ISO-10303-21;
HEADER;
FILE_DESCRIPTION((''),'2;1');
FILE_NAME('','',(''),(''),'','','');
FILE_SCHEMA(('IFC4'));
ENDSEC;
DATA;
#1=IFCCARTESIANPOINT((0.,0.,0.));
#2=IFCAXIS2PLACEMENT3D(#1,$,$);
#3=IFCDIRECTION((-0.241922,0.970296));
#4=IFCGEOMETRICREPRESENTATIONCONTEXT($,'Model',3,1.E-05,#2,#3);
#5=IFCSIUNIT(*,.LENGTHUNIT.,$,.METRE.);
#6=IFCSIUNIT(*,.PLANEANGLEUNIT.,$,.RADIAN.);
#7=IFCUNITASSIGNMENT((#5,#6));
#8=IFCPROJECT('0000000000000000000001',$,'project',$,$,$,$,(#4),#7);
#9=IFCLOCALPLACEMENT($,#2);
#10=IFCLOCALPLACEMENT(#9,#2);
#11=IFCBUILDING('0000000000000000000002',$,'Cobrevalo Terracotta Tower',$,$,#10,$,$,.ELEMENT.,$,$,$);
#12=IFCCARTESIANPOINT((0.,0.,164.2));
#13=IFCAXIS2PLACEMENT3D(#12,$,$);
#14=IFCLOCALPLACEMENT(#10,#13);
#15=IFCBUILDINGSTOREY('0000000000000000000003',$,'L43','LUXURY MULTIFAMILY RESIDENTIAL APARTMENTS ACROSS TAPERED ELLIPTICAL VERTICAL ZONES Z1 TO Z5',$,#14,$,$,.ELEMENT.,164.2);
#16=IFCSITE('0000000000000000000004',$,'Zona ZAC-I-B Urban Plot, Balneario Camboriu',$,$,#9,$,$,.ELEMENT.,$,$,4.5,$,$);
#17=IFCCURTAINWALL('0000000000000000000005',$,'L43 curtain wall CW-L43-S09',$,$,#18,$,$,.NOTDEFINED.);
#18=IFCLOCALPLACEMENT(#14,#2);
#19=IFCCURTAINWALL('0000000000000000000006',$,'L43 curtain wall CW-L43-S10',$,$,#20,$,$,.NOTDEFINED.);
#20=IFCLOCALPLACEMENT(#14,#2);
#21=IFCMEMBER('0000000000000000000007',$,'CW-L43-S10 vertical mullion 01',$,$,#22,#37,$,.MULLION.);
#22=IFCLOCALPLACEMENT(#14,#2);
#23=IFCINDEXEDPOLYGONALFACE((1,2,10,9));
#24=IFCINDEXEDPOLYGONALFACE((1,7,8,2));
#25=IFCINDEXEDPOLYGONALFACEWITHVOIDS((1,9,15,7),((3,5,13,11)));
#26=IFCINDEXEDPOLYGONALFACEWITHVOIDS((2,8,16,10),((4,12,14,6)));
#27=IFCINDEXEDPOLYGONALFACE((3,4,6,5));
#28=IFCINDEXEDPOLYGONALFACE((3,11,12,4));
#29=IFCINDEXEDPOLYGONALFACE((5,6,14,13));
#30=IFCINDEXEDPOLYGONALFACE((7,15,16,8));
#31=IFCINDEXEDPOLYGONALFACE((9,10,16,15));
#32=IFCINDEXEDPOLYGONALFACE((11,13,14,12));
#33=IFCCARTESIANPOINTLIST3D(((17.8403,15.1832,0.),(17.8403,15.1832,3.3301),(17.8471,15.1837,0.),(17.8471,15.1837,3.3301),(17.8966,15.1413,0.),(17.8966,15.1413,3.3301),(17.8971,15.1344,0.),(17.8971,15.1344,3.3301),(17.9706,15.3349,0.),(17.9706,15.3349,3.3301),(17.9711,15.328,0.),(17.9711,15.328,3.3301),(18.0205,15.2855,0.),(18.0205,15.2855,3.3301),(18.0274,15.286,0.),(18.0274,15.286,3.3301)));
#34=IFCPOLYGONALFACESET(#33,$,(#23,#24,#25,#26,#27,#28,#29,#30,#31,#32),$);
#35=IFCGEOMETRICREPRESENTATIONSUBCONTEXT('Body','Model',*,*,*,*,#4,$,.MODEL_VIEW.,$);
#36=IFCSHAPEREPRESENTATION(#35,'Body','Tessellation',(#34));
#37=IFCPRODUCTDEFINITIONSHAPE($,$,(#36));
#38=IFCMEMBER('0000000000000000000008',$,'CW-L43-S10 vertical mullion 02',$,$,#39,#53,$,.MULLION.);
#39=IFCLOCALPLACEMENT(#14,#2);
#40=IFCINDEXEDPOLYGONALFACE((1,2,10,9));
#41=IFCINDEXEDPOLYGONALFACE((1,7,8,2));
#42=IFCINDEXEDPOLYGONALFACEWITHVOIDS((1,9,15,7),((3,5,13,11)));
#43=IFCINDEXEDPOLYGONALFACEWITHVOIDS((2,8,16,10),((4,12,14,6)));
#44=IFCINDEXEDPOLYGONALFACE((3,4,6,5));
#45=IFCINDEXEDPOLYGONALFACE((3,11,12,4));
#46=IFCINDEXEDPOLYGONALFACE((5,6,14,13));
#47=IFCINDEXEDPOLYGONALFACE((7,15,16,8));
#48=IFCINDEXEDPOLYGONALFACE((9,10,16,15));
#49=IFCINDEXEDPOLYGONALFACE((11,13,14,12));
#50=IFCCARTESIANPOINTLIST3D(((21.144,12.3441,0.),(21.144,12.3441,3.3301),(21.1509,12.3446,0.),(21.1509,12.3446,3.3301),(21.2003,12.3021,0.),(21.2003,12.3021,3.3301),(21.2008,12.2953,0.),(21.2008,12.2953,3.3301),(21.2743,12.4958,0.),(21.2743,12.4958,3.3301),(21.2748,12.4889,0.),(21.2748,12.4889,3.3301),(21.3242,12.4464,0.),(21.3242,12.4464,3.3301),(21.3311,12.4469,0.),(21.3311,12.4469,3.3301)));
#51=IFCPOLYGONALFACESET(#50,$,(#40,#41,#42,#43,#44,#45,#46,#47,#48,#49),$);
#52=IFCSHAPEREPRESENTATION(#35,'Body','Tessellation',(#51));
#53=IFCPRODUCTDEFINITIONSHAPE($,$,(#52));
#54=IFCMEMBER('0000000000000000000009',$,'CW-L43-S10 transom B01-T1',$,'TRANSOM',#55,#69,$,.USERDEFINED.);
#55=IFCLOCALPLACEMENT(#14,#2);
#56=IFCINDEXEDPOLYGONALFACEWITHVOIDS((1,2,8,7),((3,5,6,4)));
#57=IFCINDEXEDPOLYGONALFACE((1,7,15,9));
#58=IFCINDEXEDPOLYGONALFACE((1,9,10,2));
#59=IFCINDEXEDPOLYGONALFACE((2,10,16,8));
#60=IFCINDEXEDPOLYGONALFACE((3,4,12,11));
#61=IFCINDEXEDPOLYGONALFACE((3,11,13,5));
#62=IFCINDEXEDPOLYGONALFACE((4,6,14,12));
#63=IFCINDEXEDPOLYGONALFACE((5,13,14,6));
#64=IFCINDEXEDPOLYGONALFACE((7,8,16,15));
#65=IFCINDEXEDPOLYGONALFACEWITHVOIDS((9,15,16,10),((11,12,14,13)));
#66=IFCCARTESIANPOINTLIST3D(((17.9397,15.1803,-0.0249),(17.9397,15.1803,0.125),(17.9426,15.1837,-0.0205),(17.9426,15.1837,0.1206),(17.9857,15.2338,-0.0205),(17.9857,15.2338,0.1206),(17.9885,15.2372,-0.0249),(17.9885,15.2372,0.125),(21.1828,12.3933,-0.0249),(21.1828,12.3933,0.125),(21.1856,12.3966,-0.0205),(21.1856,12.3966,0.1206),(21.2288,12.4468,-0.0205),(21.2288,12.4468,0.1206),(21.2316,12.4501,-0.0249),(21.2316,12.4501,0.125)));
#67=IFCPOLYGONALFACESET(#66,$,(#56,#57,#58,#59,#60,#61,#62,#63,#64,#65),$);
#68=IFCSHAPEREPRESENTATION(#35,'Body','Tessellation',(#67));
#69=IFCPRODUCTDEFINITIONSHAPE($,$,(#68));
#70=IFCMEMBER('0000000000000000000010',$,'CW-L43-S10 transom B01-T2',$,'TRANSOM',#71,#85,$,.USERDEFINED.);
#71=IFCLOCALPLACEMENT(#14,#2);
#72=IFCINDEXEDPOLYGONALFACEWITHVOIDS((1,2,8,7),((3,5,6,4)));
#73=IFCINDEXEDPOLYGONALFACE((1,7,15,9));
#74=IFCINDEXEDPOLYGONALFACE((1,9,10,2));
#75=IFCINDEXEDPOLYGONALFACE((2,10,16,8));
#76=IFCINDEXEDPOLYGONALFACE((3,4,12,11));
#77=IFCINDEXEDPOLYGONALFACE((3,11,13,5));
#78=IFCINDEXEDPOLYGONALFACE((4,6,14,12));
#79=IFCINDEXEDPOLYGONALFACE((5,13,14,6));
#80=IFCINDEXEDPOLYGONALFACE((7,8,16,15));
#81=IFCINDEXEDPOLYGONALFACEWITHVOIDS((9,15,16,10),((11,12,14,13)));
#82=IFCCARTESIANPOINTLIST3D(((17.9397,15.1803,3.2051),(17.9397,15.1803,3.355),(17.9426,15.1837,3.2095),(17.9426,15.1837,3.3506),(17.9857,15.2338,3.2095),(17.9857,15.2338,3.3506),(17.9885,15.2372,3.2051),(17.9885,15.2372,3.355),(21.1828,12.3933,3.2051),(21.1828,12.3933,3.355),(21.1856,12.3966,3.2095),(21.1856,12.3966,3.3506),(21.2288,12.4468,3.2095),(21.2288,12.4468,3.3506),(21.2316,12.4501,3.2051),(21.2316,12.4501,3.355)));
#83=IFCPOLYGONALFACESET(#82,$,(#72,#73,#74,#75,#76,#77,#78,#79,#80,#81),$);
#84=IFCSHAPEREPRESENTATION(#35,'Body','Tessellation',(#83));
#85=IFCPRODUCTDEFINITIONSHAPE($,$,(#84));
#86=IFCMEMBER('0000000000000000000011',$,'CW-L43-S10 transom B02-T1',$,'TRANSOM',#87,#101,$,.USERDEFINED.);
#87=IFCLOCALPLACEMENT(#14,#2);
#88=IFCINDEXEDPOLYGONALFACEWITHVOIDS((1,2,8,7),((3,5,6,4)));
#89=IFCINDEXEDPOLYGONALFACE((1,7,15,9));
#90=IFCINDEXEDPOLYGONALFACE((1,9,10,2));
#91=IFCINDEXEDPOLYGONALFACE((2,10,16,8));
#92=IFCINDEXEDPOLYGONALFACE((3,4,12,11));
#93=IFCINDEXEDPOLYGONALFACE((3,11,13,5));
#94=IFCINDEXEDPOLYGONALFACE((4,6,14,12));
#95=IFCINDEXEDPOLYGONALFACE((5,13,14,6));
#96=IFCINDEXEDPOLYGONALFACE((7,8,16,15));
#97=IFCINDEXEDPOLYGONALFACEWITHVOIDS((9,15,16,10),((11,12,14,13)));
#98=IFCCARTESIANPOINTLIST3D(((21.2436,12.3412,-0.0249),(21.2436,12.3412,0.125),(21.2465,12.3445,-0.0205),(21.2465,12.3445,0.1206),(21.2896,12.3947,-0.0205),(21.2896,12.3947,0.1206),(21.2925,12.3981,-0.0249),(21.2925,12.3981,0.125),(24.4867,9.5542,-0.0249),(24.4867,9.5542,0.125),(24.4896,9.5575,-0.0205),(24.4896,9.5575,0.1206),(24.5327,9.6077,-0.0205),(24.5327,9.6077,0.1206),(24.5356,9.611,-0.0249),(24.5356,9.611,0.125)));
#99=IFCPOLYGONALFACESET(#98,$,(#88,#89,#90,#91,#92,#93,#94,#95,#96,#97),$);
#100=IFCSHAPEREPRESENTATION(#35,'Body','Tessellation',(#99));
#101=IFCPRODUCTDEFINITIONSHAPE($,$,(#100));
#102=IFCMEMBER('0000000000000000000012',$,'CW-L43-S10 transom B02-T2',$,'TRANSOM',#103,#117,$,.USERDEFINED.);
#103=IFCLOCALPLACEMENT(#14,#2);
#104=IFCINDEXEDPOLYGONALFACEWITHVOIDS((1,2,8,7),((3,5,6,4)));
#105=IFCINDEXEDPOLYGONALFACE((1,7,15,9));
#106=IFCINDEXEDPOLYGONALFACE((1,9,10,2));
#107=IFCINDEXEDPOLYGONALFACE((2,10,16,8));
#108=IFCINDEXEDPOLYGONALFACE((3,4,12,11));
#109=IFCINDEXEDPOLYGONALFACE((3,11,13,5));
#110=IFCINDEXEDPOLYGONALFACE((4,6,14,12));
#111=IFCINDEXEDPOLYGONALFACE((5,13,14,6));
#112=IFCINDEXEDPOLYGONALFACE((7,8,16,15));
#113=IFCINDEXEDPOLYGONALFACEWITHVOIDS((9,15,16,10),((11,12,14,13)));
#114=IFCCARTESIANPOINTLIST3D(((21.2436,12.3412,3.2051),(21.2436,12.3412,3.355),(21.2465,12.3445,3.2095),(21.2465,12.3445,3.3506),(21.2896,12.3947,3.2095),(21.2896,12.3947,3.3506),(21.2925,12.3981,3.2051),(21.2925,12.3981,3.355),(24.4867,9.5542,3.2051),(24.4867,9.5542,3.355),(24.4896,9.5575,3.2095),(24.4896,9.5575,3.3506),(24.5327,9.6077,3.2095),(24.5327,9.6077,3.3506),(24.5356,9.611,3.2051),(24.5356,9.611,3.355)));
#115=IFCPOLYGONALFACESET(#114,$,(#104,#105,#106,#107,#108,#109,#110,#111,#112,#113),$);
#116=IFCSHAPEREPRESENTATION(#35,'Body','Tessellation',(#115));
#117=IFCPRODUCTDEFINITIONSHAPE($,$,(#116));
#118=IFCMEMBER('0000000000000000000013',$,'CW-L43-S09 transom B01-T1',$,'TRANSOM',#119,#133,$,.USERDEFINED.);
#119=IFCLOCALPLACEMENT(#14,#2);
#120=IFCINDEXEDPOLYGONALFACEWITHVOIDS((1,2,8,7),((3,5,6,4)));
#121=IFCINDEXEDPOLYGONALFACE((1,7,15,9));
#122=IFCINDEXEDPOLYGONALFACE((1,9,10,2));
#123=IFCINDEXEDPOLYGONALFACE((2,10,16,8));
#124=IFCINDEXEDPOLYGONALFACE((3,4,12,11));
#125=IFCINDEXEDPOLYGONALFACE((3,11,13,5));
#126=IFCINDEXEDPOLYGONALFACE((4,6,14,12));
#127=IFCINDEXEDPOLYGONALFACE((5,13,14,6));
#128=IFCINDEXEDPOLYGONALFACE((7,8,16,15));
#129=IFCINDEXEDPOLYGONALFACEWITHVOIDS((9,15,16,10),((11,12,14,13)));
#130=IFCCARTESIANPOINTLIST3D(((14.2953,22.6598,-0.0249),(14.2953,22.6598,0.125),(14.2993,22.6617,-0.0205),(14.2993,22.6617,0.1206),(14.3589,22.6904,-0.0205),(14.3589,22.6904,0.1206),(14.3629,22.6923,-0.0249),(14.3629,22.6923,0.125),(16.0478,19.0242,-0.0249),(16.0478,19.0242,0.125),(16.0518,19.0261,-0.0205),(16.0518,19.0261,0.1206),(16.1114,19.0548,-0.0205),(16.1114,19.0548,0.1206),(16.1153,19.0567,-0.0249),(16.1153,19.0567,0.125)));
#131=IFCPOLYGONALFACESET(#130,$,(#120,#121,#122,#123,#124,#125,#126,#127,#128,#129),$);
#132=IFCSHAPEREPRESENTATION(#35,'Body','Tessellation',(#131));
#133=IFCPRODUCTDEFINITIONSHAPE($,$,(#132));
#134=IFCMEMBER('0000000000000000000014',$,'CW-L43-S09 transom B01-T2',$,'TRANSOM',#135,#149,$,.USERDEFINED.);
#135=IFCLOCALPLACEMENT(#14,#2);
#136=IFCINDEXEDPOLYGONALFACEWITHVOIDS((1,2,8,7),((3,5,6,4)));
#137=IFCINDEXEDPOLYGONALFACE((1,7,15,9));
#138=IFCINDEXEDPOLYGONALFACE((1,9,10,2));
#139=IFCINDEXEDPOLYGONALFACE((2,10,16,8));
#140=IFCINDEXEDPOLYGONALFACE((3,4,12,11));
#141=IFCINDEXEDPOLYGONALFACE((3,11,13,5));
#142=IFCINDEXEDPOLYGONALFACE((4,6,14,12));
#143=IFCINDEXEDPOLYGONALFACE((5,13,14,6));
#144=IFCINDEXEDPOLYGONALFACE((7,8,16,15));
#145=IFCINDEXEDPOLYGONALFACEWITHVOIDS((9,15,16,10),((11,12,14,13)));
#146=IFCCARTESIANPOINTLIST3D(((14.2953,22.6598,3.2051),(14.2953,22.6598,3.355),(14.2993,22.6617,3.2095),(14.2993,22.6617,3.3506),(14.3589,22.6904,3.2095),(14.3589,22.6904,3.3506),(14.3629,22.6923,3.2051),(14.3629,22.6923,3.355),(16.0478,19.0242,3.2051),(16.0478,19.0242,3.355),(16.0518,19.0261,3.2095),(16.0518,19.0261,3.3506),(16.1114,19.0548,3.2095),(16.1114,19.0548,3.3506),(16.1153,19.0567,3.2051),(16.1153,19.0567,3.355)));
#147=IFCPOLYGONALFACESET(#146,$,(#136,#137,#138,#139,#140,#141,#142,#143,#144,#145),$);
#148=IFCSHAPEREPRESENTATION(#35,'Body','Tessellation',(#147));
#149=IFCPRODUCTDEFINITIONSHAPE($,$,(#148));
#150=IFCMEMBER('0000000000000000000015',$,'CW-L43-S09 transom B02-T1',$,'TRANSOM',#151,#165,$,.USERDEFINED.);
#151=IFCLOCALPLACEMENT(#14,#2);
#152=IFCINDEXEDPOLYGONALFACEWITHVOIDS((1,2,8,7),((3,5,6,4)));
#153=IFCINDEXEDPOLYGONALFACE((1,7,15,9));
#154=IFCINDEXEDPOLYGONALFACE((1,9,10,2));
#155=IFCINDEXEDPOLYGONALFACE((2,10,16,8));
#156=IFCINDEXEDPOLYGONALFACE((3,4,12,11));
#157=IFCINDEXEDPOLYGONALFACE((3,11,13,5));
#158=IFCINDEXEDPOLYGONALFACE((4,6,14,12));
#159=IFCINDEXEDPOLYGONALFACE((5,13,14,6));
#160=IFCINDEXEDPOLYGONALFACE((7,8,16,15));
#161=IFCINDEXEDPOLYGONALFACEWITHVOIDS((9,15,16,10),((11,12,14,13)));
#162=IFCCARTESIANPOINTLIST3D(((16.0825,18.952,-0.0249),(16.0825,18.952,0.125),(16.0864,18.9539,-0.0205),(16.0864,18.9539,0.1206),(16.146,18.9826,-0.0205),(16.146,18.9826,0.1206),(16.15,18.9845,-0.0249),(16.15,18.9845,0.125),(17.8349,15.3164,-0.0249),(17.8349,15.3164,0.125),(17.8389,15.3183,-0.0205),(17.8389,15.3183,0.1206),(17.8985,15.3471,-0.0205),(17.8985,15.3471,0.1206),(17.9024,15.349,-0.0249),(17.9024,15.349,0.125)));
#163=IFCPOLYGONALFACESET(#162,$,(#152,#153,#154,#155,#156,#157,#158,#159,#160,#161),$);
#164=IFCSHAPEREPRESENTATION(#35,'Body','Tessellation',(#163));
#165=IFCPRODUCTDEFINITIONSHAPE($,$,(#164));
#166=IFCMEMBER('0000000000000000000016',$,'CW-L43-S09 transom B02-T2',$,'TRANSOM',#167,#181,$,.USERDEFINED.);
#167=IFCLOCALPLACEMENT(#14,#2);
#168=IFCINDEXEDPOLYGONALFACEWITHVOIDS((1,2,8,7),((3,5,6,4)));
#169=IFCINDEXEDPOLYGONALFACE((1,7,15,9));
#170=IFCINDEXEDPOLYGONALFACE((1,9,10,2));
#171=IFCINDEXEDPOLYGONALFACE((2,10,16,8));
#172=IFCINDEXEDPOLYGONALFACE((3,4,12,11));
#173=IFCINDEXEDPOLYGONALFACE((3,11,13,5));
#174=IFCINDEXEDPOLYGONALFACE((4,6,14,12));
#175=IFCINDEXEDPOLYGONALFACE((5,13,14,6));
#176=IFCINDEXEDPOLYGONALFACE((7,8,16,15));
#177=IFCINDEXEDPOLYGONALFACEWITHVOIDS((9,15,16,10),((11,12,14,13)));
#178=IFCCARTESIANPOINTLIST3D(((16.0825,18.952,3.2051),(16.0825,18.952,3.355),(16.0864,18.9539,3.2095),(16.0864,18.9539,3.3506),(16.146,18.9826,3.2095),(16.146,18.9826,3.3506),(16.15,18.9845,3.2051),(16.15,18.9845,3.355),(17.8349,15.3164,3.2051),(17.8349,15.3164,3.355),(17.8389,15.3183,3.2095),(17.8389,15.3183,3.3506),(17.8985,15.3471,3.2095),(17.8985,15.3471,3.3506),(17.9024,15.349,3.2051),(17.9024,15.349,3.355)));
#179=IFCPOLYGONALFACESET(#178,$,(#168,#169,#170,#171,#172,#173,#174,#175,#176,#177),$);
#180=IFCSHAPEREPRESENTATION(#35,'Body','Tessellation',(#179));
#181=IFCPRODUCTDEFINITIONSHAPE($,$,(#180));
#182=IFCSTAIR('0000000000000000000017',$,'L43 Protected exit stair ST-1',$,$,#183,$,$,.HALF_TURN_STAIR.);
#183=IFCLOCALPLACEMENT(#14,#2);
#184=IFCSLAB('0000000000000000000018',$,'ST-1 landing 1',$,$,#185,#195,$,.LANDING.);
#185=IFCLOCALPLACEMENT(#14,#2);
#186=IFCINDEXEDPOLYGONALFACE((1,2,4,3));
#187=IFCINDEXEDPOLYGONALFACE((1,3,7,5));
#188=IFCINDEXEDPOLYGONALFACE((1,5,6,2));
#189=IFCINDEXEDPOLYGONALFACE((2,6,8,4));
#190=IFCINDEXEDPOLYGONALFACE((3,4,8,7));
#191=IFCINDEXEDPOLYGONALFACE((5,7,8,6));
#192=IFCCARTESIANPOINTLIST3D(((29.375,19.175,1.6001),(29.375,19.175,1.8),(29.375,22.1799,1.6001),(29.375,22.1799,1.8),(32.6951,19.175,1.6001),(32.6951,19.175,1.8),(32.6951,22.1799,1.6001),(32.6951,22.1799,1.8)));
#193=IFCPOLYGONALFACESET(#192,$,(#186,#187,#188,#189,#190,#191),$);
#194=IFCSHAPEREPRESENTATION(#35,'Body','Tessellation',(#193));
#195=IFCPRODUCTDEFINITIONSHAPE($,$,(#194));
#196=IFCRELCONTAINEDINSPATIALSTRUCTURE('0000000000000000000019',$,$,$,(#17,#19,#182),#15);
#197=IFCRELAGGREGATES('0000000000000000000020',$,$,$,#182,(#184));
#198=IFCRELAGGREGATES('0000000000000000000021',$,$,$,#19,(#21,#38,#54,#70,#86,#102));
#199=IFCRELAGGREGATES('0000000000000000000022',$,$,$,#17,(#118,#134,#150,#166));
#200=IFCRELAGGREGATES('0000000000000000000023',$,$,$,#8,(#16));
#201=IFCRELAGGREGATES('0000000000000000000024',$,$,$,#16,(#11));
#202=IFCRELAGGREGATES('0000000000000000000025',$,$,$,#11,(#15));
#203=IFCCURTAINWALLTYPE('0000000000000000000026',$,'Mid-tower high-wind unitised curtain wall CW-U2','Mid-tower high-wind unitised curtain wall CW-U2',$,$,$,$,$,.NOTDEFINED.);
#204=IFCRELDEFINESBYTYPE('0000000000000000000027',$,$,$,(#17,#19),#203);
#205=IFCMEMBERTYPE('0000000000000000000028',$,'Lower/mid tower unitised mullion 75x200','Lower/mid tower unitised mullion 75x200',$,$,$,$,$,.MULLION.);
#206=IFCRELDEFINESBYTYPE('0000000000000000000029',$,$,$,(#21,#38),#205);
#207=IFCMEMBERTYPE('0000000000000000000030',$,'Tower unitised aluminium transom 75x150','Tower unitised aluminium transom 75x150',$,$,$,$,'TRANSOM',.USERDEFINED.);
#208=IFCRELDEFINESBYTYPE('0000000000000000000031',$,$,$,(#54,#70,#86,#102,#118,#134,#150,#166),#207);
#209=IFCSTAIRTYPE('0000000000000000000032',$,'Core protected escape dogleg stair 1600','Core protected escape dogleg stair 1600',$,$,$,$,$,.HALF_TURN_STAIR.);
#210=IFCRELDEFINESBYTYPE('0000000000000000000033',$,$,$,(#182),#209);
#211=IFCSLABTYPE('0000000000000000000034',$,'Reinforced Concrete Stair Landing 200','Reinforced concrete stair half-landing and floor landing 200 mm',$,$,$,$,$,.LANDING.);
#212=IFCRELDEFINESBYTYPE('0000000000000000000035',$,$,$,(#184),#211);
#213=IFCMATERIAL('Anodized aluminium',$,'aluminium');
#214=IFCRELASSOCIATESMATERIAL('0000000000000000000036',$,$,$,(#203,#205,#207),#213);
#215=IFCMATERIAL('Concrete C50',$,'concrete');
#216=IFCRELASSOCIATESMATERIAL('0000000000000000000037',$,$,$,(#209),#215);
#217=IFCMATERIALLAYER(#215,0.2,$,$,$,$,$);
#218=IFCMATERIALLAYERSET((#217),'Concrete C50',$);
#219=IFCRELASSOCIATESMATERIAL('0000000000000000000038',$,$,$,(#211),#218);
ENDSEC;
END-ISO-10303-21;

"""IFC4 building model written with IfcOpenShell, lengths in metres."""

from ifc_helpers import new_model, si_unit, direction, frame, origin, origin_2d, place, context, subcontext, project, spatial, polyline, hollow_rectangle, outline, extrude, source, transform, mapped, material, layer, layer_set, material_profile, profile_set, type_object, element, aggregate, save


model = new_model("IFC4")

# Units and contexts
model_context = context("Model", 3, precision=1e-05, world=origin(), true_north=direction((-0.241922, 0.970296)))
body_context = subcontext(model_context, "Body", "Model", "MODEL_VIEW")
ifc_project = project(units=[si_unit("LENGTHUNIT", "METRE"), si_unit("PLANEANGLEUNIT", "RADIAN")], contexts=[model_context])

# Site, building, storey
site_placement = place(None, origin())
site = spatial("IfcSite", under=ifc_project, at=site_placement, Name="Zona ZAC-I-B Urban Plot, Balneario Camboriu", CompositionType="ELEMENT", RefElevation=4.5)
building_placement = place(site_placement, origin())
building = spatial("IfcBuilding", under=site, at=building_placement, Name="Cobrevalo Terracotta Tower", CompositionType="ELEMENT")
storey_placement = place(building_placement, frame((0.0, 0.0, 164.2)))
storey = spatial("IfcBuildingStorey", under=building, at=storey_placement, Name="L43", Description="LUXURY MULTIFAMILY RESIDENTIAL APARTMENTS ACROSS TAPERED ELLIPTICAL VERTICAL ZONES Z1 TO Z5", CompositionType="ELEMENT", Elevation=164.2)

# Curtain walls, members
ifc_material_1 = material(Name="Anodized aluminium", Category="aluminium")
curtain_wall_type = type_object("IfcCurtainWallType", Name="Mid-tower high-wind unitised curtain wall CW-U2", Description="Mid-tower high-wind unitised curtain wall CW-U2", PredefinedType="NOTDEFINED", material=ifc_material_1)
curtain_wall_1_placement = place(storey_placement, origin())
curtain_wall_1 = element("IfcCurtainWall", 1, at=curtain_wall_1_placement, inside=storey, type_object=curtain_wall_type, Name="L43 curtain wall CW-L43-S09", PredefinedType="NOTDEFINED")
ifc_material_profile_1 = material_profile(ifc_material_1, hollow_rectangle(XDim=0.075, YDim=0.2, WallThickness=0.0049, at=origin_2d()), Name="CWM 75x200")
ifc_profile_set_1 = profile_set([ifc_material_profile_1], Name="Anodized aluminium")
member_type_1 = type_object("IfcMemberType", Name="Lower/mid tower unitised mullion 75x200", Description="Lower/mid tower unitised mullion 75x200", PredefinedType="MULLION", material=ifc_profile_set_1)
shared_shape_1 = source(origin(), body_context, "Body", "SweptSolid", [
    extrude(hollow_rectangle(XDim=0.075, YDim=0.2, WallThickness=0.0049, at=origin_2d()), origin(), (0.0, 0.0, 1.0), 3.3301),
])
curtain_wall_2_placement = place(storey_placement, origin())
curtain_wall_2 = element("IfcCurtainWall", 2, at=curtain_wall_2_placement, inside=storey, type_object=curtain_wall_type, Name="L43 curtain wall CW-L43-S10", PredefinedType="NOTDEFINED")
member_1_placement = place(storey_placement, frame((17.9338, 15.2346, 0.0), z_axis=(0.0, 0.0, 1.0), x_axis=(0.758442, -0.651741, 0.0)))
member_1 = element("IfcMember", 3, at=member_1_placement, type_object=member_type_1, Name="CW-L43-S10 vertical mullion 01", PredefinedType="MULLION", context=body_context, shape_type="MappedRepresentation", body=[
    mapped(shared_shape_1, transform((0.0, 0.0, 0.0), scale=1.0)),
])
member_2_placement = place(storey_placement, frame((21.2375, 12.3955, 0.0), z_axis=(0.0, 0.0, 1.0), x_axis=(0.758442, -0.651741, 0.0)))
member_2 = element("IfcMember", 4, at=member_2_placement, type_object=member_type_1, Name="CW-L43-S10 vertical mullion 02", PredefinedType="MULLION", context=body_context, shape_type="MappedRepresentation", body=[
    mapped(shared_shape_1, transform((0.0, 0.0, 0.0), scale=1.0)),
])
ifc_material_profile_2 = material_profile(ifc_material_1, hollow_rectangle(XDim=0.075, YDim=0.1499, WallThickness=0.0044, at=origin_2d()), Name="CWT 75x150")
ifc_profile_set_2 = profile_set([ifc_material_profile_2], Name="Anodized aluminium")
member_type_2 = type_object("IfcMemberType", Name="Tower unitised aluminium transom 75x150", Description="Tower unitised aluminium transom 75x150", ElementType="TRANSOM", PredefinedType="USERDEFINED", material=ifc_profile_set_2)
shared_shape_2 = source(origin(), body_context, "Body", "SweptSolid", [
    extrude(hollow_rectangle(XDim=0.075, YDim=0.1499, WallThickness=0.0044, at=origin_2d()), origin(), (0.0, 0.0, 1.0), 4.2761),
])
member_3_placement = place(storey_placement, frame((17.9641, 15.2087, 0.05), z_axis=(0.758418, -0.651769, 0.0), x_axis=(0.651769, 0.758418, 0.0)))
member_3 = element("IfcMember", 5, at=member_3_placement, type_object=member_type_2, Name="CW-L43-S10 transom B01-T1", ObjectType="TRANSOM", PredefinedType="USERDEFINED", context=body_context, shape_type="MappedRepresentation", body=[
    mapped(shared_shape_2, transform((0.0, 0.0, 0.0), scale=1.0)),
])
member_4_placement = place(storey_placement, frame((17.9641, 15.2087, 3.28), z_axis=(0.758418, -0.651769, 0.0), x_axis=(0.651769, 0.758418, 0.0)))
member_4 = element("IfcMember", 6, at=member_4_placement, type_object=member_type_2, Name="CW-L43-S10 transom B01-T2", ObjectType="TRANSOM", PredefinedType="USERDEFINED", context=body_context, shape_type="MappedRepresentation", body=[
    mapped(shared_shape_2, transform((0.0, 0.0, 0.0), scale=1.0)),
])
member_5_placement = place(storey_placement, frame((21.2681, 12.3696, 0.05), z_axis=(0.758418, -0.651769, 0.0), x_axis=(0.651769, 0.758418, 0.0)))
member_5 = element("IfcMember", 7, at=member_5_placement, type_object=member_type_2, Name="CW-L43-S10 transom B02-T1", ObjectType="TRANSOM", PredefinedType="USERDEFINED", context=body_context, shape_type="MappedRepresentation", body=[
    mapped(shared_shape_2, transform((0.0, 0.0, 0.0), scale=1.0)),
])
member_6_placement = place(storey_placement, frame((21.2681, 12.3696, 3.28), z_axis=(0.758418, -0.651769, 0.0), x_axis=(0.651769, 0.758418, 0.0)))
member_6 = element("IfcMember", 8, at=member_6_placement, type_object=member_type_2, Name="CW-L43-S10 transom B02-T2", ObjectType="TRANSOM", PredefinedType="USERDEFINED", context=body_context, shape_type="MappedRepresentation", body=[
    mapped(shared_shape_2, transform((0.0, 0.0, 0.0), scale=1.0)),
])

# Members
shared_shape_3 = source(origin(), body_context, "Body", "SweptSolid", [
    extrude(hollow_rectangle(XDim=0.075, YDim=0.1499, WallThickness=0.0044, at=origin_2d()), origin(), (0.0, 0.0, 1.0), 4.0359),
])
member_7_placement = place(storey_placement, frame((14.3291, 22.676, 0.05), z_axis=(0.434221, -0.900806, 0.0), x_axis=(0.900806, 0.434221, 0.0)))
member_7 = element("IfcMember", 9, at=member_7_placement, type_object=member_type_2, Name="CW-L43-S09 transom B01-T1", ObjectType="TRANSOM", PredefinedType="USERDEFINED", context=body_context, shape_type="MappedRepresentation", body=[
    mapped(shared_shape_3, transform((0.0, 0.0, 0.0), scale=1.0)),
])
member_8_placement = place(storey_placement, frame((14.3291, 22.676, 3.28), z_axis=(0.434221, -0.900806, 0.0), x_axis=(0.900806, 0.434221, 0.0)))
member_8 = element("IfcMember", 10, at=member_8_placement, type_object=member_type_2, Name="CW-L43-S09 transom B01-T2", ObjectType="TRANSOM", PredefinedType="USERDEFINED", context=body_context, shape_type="MappedRepresentation", body=[
    mapped(shared_shape_3, transform((0.0, 0.0, 0.0), scale=1.0)),
])
member_9_placement = place(storey_placement, frame((16.1162, 18.9683, 0.05), z_axis=(0.434221, -0.900806, 0.0), x_axis=(0.900806, 0.434221, 0.0)))
member_9 = element("IfcMember", 11, at=member_9_placement, type_object=member_type_2, Name="CW-L43-S09 transom B02-T1", ObjectType="TRANSOM", PredefinedType="USERDEFINED", context=body_context, shape_type="MappedRepresentation", body=[
    mapped(shared_shape_3, transform((0.0, 0.0, 0.0), scale=1.0)),
])
member_10_placement = place(storey_placement, frame((16.1162, 18.9683, 3.28), z_axis=(0.434221, -0.900806, 0.0), x_axis=(0.900806, 0.434221, 0.0)))
member_10 = element("IfcMember", 12, at=member_10_placement, type_object=member_type_2, Name="CW-L43-S09 transom B02-T2", ObjectType="TRANSOM", PredefinedType="USERDEFINED", context=body_context, shape_type="MappedRepresentation", body=[
    mapped(shared_shape_3, transform((0.0, 0.0, 0.0), scale=1.0)),
])

# Stair, slab
ifc_material_2 = material(Name="Concrete C50", Category="concrete")
stair_type = type_object("IfcStairType", Name="Core protected escape dogleg stair 1600", Description="Core protected escape dogleg stair 1600", PredefinedType="HALF_TURN_STAIR", material=ifc_material_2)
stair_1_placement = place(storey_placement, origin())
stair_1 = element("IfcStair", 13, at=stair_1_placement, inside=storey, type_object=stair_type, Name="L43 Protected exit stair ST-1", PredefinedType="HALF_TURN_STAIR")
ifc_layer_1 = layer(ifc_material_2, 0.2)
ifc_layer_set_1 = layer_set([ifc_layer_1], Name="Concrete C50")
slab_type_1 = type_object("IfcSlabType", Name="Reinforced Concrete Stair Landing 200", Description="Reinforced concrete stair half-landing and floor landing 200 mm", PredefinedType="LANDING", material=ifc_layer_set_1)
slab_1_placement = place(storey_placement, frame((0.0, 0.0, 1.6001)))
slab_1 = element("IfcSlab", 14, at=slab_1_placement, type_object=slab_type_1, Name="ST-1 landing 1", PredefinedType="LANDING", context=body_context, shape_type="SweptSolid", body=[
    extrude(outline(polyline([(29.375, 22.1799), (29.375, 19.175), (32.6951, 19.175), (32.6951, 22.1799), (29.375, 22.1799)])), origin(), (0.0, 0.0, 1.0), 0.2),
])
aggregate(stair_1, [slab_1])

aggregate(curtain_wall_2, [member_1, member_2, member_3, member_4, member_5, member_6])
aggregate(curtain_wall_1, [member_7, member_8, member_9, member_10])

save(model, "model.ifc")
